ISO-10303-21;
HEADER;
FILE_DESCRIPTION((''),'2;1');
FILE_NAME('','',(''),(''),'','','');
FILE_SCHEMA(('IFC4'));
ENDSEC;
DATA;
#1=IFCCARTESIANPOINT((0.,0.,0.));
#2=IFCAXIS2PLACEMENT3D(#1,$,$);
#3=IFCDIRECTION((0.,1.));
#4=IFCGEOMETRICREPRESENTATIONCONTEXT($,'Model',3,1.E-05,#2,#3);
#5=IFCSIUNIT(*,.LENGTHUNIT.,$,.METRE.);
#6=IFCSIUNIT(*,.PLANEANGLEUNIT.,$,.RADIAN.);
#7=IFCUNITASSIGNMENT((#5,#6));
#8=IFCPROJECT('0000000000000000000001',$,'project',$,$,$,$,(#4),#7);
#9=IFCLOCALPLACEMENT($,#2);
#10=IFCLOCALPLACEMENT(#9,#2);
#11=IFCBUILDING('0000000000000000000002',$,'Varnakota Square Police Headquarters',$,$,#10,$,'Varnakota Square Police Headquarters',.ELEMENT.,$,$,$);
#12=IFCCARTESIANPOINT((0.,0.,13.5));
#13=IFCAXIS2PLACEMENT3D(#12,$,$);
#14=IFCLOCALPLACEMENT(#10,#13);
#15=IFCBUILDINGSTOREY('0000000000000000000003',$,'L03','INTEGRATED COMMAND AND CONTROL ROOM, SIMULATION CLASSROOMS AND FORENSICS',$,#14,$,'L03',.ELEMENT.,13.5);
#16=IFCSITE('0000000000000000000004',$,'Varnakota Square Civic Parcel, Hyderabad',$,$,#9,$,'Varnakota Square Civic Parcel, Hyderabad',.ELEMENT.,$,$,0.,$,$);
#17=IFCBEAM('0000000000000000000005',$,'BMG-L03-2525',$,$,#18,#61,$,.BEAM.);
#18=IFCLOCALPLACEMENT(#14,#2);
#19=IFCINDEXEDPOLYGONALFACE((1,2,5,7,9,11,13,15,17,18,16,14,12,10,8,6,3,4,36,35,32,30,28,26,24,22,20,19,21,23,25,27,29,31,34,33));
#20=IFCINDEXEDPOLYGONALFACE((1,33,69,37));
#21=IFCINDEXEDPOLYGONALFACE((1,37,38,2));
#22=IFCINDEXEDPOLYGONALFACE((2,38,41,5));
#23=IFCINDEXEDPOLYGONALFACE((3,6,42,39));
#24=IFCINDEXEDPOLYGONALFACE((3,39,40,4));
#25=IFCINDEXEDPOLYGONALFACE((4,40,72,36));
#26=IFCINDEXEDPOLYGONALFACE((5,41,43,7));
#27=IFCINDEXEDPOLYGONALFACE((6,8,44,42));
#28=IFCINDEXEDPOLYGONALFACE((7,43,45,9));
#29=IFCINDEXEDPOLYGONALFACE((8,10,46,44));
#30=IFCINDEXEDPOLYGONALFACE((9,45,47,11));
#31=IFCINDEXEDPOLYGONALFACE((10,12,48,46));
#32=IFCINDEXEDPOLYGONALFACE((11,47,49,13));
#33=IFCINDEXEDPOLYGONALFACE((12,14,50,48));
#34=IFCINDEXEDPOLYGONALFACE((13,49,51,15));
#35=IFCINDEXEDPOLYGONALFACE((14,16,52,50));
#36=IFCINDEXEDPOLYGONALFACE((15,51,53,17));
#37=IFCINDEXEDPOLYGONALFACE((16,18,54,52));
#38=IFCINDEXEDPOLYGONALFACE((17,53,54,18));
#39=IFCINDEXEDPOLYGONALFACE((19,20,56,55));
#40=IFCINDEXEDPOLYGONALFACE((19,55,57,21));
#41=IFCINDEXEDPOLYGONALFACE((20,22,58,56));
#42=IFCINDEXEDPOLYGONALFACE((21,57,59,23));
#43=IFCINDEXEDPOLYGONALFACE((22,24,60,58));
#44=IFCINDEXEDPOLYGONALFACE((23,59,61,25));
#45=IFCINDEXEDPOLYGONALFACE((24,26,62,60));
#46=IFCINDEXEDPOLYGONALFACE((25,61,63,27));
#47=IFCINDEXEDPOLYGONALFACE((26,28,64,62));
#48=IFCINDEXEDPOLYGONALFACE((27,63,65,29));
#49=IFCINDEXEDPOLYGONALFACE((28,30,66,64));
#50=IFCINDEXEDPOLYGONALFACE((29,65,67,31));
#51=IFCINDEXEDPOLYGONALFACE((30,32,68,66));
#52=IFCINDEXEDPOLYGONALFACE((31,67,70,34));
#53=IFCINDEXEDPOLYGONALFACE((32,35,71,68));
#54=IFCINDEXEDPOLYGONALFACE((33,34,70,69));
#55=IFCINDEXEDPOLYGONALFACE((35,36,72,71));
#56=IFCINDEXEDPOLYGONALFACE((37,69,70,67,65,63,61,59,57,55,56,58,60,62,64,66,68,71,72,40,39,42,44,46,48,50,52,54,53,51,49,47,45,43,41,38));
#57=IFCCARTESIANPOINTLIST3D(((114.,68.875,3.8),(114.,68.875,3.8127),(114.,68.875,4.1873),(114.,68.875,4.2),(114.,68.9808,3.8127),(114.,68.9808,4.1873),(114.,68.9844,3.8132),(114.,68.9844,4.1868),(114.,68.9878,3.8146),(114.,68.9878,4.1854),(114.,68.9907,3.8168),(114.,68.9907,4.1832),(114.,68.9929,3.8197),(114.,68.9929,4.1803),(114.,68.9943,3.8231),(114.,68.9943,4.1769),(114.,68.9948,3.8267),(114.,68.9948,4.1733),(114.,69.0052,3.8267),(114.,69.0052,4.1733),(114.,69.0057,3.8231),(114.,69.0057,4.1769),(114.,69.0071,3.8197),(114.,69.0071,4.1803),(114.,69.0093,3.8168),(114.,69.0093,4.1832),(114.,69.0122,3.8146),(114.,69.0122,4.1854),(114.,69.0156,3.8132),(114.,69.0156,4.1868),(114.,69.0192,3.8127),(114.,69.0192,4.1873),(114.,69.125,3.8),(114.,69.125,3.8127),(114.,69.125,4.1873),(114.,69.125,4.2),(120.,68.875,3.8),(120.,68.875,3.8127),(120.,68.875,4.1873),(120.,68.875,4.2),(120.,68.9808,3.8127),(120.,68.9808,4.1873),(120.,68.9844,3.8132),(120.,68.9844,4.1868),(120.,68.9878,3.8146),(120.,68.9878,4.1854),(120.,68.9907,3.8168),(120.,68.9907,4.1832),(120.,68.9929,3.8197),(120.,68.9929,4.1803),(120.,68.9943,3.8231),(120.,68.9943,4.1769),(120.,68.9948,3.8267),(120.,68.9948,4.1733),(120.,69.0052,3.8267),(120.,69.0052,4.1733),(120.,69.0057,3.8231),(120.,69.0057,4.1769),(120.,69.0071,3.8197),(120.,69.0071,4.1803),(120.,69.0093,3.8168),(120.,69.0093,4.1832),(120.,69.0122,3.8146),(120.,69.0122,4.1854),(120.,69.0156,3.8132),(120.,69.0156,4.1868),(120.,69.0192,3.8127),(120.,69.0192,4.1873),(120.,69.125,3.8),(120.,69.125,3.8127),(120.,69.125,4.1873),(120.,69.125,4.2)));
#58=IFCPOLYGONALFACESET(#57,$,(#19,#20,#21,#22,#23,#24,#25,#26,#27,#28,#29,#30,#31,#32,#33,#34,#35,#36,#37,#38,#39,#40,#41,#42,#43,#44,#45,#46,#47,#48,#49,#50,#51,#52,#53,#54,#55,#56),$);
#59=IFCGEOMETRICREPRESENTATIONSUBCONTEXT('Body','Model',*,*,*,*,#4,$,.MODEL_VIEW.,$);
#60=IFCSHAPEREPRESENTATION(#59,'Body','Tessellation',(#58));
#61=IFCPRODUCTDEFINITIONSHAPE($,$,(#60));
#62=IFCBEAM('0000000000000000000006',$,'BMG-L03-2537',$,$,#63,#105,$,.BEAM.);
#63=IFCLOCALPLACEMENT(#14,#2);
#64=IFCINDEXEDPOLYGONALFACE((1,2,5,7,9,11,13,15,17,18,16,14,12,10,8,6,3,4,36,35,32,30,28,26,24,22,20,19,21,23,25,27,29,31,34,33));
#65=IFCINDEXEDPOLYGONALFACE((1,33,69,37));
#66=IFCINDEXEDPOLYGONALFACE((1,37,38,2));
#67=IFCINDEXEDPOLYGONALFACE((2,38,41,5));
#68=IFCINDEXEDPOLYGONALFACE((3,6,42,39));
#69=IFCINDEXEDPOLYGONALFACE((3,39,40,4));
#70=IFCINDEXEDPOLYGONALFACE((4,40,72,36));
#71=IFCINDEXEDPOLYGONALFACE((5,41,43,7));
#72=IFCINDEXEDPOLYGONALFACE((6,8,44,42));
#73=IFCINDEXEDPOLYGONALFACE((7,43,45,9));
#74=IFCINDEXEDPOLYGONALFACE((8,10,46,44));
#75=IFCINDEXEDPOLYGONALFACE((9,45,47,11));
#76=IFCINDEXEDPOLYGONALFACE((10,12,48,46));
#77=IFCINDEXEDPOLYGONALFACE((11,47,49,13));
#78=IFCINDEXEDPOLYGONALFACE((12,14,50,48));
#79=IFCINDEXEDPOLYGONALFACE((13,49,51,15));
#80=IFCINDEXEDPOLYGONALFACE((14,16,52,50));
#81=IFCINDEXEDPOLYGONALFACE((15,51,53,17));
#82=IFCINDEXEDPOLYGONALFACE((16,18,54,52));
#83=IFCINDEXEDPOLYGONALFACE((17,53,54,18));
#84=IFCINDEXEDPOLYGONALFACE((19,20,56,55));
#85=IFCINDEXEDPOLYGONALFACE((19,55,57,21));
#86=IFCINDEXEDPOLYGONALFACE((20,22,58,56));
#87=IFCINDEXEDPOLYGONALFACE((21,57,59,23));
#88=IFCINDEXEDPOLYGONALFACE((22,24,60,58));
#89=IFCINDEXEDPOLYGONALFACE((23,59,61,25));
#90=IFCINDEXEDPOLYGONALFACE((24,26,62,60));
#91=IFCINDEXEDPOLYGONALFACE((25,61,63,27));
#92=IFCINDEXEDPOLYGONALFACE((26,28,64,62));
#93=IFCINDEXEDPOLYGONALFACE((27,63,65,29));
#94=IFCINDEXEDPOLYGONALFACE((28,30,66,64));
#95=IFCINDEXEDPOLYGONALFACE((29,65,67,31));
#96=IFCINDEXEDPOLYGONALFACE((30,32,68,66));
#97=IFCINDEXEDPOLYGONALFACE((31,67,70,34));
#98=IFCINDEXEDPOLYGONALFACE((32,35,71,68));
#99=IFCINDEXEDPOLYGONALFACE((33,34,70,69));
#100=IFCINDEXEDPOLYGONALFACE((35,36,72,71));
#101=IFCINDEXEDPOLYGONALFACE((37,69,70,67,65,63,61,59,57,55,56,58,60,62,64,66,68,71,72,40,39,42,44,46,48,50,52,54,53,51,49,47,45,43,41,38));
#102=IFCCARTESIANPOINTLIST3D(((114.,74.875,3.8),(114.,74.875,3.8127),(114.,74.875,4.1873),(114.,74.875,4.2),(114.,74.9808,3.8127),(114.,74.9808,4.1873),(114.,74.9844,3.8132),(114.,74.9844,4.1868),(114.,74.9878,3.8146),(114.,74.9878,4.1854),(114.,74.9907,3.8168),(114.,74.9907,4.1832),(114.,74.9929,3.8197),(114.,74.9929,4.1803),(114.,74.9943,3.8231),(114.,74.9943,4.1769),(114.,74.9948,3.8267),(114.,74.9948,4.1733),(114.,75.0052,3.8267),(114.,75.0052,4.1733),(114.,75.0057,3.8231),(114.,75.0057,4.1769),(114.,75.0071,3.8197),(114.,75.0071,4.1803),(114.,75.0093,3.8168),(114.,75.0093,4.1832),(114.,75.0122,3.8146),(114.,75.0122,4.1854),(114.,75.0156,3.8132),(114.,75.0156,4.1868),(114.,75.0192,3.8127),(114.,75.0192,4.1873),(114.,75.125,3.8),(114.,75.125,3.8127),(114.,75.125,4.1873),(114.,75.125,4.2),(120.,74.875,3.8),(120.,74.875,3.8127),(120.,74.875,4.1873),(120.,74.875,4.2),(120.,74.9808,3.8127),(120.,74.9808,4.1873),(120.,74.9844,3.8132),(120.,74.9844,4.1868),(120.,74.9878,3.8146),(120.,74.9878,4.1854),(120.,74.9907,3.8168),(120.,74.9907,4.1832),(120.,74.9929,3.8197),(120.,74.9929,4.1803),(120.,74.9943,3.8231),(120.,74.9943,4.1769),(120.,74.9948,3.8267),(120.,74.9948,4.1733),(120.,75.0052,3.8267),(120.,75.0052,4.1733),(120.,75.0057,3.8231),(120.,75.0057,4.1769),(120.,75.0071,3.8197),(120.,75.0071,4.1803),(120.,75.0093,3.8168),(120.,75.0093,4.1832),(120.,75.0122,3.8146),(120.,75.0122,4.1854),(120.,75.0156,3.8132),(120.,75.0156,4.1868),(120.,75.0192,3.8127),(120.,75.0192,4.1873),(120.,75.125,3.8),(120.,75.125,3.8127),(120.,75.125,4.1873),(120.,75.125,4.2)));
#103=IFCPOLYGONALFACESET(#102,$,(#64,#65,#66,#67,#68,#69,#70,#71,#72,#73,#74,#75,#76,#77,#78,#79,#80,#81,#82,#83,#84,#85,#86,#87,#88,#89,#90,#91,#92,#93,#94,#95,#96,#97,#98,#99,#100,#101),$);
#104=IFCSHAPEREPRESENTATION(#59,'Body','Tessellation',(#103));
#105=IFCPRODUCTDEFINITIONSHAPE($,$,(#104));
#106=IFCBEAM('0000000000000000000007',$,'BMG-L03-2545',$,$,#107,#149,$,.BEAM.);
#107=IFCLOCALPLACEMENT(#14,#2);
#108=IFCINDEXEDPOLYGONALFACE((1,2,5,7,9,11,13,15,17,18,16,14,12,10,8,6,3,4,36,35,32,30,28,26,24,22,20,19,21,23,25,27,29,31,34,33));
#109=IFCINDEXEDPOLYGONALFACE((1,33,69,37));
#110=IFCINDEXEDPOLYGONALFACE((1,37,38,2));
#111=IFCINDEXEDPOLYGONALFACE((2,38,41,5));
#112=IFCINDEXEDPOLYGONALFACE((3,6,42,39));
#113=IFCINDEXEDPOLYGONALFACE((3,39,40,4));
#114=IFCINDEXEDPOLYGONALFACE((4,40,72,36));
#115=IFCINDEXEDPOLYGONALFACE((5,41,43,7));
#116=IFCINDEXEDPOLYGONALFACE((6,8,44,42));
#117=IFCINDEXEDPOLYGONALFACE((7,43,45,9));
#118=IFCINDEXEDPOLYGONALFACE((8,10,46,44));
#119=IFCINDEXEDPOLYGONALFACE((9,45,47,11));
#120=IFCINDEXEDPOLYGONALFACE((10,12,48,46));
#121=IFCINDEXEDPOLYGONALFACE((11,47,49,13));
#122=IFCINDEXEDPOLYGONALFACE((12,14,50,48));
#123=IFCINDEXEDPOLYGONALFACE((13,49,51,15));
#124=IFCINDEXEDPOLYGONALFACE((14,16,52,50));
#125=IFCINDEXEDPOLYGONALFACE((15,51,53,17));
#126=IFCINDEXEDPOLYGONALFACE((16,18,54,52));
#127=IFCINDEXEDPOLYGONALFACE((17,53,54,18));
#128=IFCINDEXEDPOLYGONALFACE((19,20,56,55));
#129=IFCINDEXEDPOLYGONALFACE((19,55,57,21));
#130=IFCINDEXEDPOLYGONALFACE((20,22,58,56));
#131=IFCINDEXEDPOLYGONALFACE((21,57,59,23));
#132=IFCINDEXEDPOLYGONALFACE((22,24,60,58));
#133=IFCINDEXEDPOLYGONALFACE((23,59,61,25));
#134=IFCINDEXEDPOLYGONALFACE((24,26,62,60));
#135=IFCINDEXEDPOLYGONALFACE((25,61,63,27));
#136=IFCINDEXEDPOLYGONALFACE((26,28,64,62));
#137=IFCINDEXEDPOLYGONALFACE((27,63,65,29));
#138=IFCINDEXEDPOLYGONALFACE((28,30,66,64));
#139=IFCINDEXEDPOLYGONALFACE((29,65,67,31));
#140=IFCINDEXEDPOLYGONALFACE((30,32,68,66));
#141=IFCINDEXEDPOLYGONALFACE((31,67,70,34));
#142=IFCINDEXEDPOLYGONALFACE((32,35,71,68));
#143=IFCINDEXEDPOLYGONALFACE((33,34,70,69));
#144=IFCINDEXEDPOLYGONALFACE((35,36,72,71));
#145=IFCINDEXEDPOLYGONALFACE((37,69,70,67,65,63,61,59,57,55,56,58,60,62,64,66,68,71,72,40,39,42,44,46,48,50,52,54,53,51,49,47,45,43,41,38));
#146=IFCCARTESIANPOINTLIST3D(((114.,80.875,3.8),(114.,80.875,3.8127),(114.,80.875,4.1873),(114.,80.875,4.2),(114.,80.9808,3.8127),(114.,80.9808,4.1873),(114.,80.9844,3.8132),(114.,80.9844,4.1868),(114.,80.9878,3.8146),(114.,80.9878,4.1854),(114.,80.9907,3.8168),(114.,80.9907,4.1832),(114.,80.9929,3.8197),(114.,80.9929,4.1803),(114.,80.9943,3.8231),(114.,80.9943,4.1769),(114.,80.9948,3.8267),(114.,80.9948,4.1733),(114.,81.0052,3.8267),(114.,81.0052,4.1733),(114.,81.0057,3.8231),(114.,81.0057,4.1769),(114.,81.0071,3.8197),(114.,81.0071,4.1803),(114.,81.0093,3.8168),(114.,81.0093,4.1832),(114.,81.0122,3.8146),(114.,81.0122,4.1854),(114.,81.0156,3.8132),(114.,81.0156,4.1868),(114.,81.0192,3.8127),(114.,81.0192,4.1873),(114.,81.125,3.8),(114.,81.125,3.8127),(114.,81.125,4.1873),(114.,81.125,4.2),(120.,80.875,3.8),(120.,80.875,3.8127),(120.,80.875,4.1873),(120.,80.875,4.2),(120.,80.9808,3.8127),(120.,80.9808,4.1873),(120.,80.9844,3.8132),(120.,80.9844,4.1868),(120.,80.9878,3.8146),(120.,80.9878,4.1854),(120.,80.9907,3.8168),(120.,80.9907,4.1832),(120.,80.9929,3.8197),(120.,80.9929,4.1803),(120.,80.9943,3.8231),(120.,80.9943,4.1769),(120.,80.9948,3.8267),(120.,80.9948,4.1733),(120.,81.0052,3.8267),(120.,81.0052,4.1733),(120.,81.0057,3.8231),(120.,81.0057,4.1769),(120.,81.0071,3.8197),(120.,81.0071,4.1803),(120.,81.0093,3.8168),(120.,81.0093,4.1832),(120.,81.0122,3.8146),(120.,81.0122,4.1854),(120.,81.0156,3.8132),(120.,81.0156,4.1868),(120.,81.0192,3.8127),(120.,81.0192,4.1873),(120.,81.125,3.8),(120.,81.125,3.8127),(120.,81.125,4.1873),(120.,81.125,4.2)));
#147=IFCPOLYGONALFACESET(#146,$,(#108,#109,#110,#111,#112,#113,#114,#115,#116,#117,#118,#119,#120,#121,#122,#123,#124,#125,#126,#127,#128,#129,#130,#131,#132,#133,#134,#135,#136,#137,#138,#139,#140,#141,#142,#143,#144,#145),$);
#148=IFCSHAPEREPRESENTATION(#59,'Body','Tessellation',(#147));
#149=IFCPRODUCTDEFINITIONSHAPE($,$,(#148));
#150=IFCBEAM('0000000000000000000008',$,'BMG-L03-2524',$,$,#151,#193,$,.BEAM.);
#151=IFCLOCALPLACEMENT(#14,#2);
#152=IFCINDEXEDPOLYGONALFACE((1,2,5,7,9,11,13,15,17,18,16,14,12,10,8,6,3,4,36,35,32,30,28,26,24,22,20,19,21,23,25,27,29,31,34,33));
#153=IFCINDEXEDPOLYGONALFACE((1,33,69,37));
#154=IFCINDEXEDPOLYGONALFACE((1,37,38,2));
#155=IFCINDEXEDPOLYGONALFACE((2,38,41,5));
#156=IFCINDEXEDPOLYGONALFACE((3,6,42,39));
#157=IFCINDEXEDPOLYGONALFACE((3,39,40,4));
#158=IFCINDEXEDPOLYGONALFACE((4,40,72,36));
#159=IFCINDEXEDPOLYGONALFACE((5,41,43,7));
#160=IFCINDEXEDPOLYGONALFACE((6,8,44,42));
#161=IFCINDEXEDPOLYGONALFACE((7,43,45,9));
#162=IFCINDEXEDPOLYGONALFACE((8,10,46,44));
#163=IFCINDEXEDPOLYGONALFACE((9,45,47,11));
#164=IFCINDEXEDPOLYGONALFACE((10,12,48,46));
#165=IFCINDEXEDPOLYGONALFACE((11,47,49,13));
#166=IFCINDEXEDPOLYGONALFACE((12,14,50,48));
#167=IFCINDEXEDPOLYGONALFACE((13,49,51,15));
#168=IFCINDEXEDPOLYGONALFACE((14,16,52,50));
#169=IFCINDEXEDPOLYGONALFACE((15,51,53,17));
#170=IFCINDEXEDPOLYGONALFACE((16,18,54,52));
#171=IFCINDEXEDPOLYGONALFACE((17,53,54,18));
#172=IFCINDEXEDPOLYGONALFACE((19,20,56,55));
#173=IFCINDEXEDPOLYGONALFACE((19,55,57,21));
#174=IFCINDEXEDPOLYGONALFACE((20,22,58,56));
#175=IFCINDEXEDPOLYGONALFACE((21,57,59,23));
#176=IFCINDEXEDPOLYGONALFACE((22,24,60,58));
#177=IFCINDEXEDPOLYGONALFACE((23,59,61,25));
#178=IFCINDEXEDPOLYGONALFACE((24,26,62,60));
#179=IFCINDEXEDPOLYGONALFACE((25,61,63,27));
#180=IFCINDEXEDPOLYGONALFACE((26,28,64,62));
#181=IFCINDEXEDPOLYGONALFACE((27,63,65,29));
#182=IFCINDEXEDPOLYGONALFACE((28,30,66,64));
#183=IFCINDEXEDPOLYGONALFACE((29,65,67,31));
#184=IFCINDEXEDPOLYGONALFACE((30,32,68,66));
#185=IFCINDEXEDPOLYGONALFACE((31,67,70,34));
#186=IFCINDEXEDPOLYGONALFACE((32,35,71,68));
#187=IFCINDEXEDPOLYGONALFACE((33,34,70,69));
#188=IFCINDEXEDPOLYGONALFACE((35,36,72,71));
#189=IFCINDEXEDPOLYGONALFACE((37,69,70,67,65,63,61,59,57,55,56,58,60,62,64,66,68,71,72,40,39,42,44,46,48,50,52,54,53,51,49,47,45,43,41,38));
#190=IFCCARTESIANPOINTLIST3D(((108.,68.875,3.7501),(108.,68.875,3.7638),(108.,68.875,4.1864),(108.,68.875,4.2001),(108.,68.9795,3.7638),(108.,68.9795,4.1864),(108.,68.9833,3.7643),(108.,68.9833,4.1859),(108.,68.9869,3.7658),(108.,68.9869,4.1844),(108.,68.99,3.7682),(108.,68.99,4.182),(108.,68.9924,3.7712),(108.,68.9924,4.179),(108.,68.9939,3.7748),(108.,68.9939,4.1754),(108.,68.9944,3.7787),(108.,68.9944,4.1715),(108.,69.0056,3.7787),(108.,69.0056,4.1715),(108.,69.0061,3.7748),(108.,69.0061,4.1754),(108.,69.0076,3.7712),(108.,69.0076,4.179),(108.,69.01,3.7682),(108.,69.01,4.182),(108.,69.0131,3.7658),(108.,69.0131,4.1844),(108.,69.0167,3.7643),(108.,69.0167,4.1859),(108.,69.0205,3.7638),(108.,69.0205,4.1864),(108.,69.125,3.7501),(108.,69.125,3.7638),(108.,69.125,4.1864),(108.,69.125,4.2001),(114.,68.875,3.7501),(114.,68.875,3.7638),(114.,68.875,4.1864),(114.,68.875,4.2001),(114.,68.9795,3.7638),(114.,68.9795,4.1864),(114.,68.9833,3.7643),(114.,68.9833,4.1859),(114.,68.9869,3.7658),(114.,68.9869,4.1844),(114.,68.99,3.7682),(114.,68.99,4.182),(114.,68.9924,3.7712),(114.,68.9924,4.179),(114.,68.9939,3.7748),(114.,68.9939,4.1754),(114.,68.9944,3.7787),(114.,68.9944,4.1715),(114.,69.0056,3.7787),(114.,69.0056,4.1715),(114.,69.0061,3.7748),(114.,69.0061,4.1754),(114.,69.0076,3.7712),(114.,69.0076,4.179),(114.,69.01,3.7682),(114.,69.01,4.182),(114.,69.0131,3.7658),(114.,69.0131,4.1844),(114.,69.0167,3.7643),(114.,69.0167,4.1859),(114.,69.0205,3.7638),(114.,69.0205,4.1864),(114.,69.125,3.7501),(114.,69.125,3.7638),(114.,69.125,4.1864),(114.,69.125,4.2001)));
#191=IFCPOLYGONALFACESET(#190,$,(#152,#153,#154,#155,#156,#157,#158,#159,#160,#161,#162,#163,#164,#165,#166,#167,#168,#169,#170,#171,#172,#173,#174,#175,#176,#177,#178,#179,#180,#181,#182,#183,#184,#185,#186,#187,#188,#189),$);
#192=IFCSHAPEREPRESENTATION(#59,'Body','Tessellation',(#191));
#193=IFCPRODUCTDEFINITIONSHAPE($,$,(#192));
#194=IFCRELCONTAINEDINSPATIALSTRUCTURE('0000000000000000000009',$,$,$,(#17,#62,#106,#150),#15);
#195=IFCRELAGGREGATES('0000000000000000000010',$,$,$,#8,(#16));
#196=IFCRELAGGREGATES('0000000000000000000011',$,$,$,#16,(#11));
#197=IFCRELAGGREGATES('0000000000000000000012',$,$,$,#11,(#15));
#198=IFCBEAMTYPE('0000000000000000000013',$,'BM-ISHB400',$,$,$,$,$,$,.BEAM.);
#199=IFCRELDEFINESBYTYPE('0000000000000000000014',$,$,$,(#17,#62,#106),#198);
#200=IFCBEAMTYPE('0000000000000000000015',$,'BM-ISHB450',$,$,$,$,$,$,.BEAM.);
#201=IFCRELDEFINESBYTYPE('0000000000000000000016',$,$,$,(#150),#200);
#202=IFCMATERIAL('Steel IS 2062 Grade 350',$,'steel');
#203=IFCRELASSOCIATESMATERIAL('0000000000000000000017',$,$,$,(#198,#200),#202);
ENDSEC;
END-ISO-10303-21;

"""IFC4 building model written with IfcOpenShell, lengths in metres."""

from ifc_helpers import new_model, si_unit, direction, frame, origin, origin_2d, place, context, subcontext, project, spatial, i_section, extrude, material, material_profile, profile_set, type_object, element, save


model = new_model("IFC4")

# Units and contexts
model_context = context("Model", 3, precision=1e-05, world=origin(), true_north=direction((0.0, 1.0)))
body_context = subcontext(model_context, "Body", "Model", "MODEL_VIEW")
ifc_project = project(units=[si_unit("LENGTHUNIT", "METRE"), si_unit("PLANEANGLEUNIT", "RADIAN")], contexts=[model_context])

# Site, building, storey
site_placement = place(None, origin())
site = spatial("IfcSite", under=ifc_project, at=site_placement, Name="Varnakota Square Civic Parcel, Hyderabad", LongName="Varnakota Square Civic Parcel, Hyderabad", CompositionType="ELEMENT", RefElevation=0.0)
building_placement = place(site_placement, origin())
building = spatial("IfcBuilding", under=site, at=building_placement, Name="Varnakota Square Police Headquarters", LongName="Varnakota Square Police Headquarters", CompositionType="ELEMENT")
storey_placement = place(building_placement, frame((0.0, 0.0, 13.5)))
storey = spatial("IfcBuildingStorey", under=building, at=storey_placement, Name="L03", Description="INTEGRATED COMMAND AND CONTROL ROOM, SIMULATION CLASSROOMS AND FORENSICS", LongName="L03", CompositionType="ELEMENT", Elevation=13.5)

# Shared definitions
ifc_material_1 = material(Name="Steel IS 2062 Grade 350", Category="steel")

# Beams
ifc_material_profile_1 = material_profile(ifc_material_1, i_section(OverallWidth=0.25, OverallDepth=0.3999, WebThickness=0.0105, FlangeThickness=0.0127, FilletRadius=0.0139, at=origin_2d()), Name="ISHB 400")
ifc_profile_set_1 = profile_set([ifc_material_profile_1], Name="Steel IS 2062 Grade 350")
beam_type_1 = type_object("IfcBeamType", Name="BM-ISHB400", PredefinedType="BEAM", material=ifc_profile_set_1)
for number, where, z_axis, x_axis, name in (
    (1, (114.0, 69.0, 4.0), (1.0, 0.0, 0.0), (0.0, 1.0, 0.0), "BMG-L03-2525"),
    (2, (114.0, 75.0, 4.0), (1.0, 0.0, 0.0), (0.0, 1.0, 0.0), "BMG-L03-2537"),
    (3, (114.0, 81.0, 4.0), (1.0, 0.0, 0.0), (0.0, 1.0, 0.0), "BMG-L03-2545"),
):
    element("IfcBeam", number, at=place(storey_placement, frame(where, z_axis=z_axis, x_axis=x_axis)), inside=storey, type_object=beam_type_1, Name=name, PredefinedType="BEAM", context=body_context, shape_type="SweptSolid", body=[
        extrude(i_section(OverallWidth=0.25, OverallDepth=0.3999, WebThickness=0.0105, FlangeThickness=0.0127, FilletRadius=0.0139, at=origin_2d()), origin(), (0.0, 0.0, 1.0), 6.0),
    ])
ifc_material_profile_2 = material_profile(ifc_material_1, i_section(OverallWidth=0.25, OverallDepth=0.45, WebThickness=0.0112, FlangeThickness=0.0137, FilletRadius=0.0149, at=origin_2d()), Name="ISHB 450")
ifc_profile_set_2 = profile_set([ifc_material_profile_2], Name="Steel IS 2062 Grade 350")
beam_type_2 = type_object("IfcBeamType", Name="BM-ISHB450", PredefinedType="BEAM", material=ifc_profile_set_2)
for number, where, z_axis, x_axis, name in (
    (4, (108.0, 69.0, 3.9751), (1.0, 0.0, 0.0), (0.0, 1.0, 0.0), "BMG-L03-2524"),
):
    element("IfcBeam", number, at=place(storey_placement, frame(where, z_axis=z_axis, x_axis=x_axis)), inside=storey, type_object=beam_type_2, Name=name, PredefinedType="BEAM", context=body_context, shape_type="SweptSolid", body=[
        extrude(i_section(OverallWidth=0.25, OverallDepth=0.45, WebThickness=0.0112, FlangeThickness=0.0137, FilletRadius=0.0149, at=origin_2d()), origin(), (0.0, 0.0, 1.0), 6.0),
    ])

save(model, "model.ifc")
